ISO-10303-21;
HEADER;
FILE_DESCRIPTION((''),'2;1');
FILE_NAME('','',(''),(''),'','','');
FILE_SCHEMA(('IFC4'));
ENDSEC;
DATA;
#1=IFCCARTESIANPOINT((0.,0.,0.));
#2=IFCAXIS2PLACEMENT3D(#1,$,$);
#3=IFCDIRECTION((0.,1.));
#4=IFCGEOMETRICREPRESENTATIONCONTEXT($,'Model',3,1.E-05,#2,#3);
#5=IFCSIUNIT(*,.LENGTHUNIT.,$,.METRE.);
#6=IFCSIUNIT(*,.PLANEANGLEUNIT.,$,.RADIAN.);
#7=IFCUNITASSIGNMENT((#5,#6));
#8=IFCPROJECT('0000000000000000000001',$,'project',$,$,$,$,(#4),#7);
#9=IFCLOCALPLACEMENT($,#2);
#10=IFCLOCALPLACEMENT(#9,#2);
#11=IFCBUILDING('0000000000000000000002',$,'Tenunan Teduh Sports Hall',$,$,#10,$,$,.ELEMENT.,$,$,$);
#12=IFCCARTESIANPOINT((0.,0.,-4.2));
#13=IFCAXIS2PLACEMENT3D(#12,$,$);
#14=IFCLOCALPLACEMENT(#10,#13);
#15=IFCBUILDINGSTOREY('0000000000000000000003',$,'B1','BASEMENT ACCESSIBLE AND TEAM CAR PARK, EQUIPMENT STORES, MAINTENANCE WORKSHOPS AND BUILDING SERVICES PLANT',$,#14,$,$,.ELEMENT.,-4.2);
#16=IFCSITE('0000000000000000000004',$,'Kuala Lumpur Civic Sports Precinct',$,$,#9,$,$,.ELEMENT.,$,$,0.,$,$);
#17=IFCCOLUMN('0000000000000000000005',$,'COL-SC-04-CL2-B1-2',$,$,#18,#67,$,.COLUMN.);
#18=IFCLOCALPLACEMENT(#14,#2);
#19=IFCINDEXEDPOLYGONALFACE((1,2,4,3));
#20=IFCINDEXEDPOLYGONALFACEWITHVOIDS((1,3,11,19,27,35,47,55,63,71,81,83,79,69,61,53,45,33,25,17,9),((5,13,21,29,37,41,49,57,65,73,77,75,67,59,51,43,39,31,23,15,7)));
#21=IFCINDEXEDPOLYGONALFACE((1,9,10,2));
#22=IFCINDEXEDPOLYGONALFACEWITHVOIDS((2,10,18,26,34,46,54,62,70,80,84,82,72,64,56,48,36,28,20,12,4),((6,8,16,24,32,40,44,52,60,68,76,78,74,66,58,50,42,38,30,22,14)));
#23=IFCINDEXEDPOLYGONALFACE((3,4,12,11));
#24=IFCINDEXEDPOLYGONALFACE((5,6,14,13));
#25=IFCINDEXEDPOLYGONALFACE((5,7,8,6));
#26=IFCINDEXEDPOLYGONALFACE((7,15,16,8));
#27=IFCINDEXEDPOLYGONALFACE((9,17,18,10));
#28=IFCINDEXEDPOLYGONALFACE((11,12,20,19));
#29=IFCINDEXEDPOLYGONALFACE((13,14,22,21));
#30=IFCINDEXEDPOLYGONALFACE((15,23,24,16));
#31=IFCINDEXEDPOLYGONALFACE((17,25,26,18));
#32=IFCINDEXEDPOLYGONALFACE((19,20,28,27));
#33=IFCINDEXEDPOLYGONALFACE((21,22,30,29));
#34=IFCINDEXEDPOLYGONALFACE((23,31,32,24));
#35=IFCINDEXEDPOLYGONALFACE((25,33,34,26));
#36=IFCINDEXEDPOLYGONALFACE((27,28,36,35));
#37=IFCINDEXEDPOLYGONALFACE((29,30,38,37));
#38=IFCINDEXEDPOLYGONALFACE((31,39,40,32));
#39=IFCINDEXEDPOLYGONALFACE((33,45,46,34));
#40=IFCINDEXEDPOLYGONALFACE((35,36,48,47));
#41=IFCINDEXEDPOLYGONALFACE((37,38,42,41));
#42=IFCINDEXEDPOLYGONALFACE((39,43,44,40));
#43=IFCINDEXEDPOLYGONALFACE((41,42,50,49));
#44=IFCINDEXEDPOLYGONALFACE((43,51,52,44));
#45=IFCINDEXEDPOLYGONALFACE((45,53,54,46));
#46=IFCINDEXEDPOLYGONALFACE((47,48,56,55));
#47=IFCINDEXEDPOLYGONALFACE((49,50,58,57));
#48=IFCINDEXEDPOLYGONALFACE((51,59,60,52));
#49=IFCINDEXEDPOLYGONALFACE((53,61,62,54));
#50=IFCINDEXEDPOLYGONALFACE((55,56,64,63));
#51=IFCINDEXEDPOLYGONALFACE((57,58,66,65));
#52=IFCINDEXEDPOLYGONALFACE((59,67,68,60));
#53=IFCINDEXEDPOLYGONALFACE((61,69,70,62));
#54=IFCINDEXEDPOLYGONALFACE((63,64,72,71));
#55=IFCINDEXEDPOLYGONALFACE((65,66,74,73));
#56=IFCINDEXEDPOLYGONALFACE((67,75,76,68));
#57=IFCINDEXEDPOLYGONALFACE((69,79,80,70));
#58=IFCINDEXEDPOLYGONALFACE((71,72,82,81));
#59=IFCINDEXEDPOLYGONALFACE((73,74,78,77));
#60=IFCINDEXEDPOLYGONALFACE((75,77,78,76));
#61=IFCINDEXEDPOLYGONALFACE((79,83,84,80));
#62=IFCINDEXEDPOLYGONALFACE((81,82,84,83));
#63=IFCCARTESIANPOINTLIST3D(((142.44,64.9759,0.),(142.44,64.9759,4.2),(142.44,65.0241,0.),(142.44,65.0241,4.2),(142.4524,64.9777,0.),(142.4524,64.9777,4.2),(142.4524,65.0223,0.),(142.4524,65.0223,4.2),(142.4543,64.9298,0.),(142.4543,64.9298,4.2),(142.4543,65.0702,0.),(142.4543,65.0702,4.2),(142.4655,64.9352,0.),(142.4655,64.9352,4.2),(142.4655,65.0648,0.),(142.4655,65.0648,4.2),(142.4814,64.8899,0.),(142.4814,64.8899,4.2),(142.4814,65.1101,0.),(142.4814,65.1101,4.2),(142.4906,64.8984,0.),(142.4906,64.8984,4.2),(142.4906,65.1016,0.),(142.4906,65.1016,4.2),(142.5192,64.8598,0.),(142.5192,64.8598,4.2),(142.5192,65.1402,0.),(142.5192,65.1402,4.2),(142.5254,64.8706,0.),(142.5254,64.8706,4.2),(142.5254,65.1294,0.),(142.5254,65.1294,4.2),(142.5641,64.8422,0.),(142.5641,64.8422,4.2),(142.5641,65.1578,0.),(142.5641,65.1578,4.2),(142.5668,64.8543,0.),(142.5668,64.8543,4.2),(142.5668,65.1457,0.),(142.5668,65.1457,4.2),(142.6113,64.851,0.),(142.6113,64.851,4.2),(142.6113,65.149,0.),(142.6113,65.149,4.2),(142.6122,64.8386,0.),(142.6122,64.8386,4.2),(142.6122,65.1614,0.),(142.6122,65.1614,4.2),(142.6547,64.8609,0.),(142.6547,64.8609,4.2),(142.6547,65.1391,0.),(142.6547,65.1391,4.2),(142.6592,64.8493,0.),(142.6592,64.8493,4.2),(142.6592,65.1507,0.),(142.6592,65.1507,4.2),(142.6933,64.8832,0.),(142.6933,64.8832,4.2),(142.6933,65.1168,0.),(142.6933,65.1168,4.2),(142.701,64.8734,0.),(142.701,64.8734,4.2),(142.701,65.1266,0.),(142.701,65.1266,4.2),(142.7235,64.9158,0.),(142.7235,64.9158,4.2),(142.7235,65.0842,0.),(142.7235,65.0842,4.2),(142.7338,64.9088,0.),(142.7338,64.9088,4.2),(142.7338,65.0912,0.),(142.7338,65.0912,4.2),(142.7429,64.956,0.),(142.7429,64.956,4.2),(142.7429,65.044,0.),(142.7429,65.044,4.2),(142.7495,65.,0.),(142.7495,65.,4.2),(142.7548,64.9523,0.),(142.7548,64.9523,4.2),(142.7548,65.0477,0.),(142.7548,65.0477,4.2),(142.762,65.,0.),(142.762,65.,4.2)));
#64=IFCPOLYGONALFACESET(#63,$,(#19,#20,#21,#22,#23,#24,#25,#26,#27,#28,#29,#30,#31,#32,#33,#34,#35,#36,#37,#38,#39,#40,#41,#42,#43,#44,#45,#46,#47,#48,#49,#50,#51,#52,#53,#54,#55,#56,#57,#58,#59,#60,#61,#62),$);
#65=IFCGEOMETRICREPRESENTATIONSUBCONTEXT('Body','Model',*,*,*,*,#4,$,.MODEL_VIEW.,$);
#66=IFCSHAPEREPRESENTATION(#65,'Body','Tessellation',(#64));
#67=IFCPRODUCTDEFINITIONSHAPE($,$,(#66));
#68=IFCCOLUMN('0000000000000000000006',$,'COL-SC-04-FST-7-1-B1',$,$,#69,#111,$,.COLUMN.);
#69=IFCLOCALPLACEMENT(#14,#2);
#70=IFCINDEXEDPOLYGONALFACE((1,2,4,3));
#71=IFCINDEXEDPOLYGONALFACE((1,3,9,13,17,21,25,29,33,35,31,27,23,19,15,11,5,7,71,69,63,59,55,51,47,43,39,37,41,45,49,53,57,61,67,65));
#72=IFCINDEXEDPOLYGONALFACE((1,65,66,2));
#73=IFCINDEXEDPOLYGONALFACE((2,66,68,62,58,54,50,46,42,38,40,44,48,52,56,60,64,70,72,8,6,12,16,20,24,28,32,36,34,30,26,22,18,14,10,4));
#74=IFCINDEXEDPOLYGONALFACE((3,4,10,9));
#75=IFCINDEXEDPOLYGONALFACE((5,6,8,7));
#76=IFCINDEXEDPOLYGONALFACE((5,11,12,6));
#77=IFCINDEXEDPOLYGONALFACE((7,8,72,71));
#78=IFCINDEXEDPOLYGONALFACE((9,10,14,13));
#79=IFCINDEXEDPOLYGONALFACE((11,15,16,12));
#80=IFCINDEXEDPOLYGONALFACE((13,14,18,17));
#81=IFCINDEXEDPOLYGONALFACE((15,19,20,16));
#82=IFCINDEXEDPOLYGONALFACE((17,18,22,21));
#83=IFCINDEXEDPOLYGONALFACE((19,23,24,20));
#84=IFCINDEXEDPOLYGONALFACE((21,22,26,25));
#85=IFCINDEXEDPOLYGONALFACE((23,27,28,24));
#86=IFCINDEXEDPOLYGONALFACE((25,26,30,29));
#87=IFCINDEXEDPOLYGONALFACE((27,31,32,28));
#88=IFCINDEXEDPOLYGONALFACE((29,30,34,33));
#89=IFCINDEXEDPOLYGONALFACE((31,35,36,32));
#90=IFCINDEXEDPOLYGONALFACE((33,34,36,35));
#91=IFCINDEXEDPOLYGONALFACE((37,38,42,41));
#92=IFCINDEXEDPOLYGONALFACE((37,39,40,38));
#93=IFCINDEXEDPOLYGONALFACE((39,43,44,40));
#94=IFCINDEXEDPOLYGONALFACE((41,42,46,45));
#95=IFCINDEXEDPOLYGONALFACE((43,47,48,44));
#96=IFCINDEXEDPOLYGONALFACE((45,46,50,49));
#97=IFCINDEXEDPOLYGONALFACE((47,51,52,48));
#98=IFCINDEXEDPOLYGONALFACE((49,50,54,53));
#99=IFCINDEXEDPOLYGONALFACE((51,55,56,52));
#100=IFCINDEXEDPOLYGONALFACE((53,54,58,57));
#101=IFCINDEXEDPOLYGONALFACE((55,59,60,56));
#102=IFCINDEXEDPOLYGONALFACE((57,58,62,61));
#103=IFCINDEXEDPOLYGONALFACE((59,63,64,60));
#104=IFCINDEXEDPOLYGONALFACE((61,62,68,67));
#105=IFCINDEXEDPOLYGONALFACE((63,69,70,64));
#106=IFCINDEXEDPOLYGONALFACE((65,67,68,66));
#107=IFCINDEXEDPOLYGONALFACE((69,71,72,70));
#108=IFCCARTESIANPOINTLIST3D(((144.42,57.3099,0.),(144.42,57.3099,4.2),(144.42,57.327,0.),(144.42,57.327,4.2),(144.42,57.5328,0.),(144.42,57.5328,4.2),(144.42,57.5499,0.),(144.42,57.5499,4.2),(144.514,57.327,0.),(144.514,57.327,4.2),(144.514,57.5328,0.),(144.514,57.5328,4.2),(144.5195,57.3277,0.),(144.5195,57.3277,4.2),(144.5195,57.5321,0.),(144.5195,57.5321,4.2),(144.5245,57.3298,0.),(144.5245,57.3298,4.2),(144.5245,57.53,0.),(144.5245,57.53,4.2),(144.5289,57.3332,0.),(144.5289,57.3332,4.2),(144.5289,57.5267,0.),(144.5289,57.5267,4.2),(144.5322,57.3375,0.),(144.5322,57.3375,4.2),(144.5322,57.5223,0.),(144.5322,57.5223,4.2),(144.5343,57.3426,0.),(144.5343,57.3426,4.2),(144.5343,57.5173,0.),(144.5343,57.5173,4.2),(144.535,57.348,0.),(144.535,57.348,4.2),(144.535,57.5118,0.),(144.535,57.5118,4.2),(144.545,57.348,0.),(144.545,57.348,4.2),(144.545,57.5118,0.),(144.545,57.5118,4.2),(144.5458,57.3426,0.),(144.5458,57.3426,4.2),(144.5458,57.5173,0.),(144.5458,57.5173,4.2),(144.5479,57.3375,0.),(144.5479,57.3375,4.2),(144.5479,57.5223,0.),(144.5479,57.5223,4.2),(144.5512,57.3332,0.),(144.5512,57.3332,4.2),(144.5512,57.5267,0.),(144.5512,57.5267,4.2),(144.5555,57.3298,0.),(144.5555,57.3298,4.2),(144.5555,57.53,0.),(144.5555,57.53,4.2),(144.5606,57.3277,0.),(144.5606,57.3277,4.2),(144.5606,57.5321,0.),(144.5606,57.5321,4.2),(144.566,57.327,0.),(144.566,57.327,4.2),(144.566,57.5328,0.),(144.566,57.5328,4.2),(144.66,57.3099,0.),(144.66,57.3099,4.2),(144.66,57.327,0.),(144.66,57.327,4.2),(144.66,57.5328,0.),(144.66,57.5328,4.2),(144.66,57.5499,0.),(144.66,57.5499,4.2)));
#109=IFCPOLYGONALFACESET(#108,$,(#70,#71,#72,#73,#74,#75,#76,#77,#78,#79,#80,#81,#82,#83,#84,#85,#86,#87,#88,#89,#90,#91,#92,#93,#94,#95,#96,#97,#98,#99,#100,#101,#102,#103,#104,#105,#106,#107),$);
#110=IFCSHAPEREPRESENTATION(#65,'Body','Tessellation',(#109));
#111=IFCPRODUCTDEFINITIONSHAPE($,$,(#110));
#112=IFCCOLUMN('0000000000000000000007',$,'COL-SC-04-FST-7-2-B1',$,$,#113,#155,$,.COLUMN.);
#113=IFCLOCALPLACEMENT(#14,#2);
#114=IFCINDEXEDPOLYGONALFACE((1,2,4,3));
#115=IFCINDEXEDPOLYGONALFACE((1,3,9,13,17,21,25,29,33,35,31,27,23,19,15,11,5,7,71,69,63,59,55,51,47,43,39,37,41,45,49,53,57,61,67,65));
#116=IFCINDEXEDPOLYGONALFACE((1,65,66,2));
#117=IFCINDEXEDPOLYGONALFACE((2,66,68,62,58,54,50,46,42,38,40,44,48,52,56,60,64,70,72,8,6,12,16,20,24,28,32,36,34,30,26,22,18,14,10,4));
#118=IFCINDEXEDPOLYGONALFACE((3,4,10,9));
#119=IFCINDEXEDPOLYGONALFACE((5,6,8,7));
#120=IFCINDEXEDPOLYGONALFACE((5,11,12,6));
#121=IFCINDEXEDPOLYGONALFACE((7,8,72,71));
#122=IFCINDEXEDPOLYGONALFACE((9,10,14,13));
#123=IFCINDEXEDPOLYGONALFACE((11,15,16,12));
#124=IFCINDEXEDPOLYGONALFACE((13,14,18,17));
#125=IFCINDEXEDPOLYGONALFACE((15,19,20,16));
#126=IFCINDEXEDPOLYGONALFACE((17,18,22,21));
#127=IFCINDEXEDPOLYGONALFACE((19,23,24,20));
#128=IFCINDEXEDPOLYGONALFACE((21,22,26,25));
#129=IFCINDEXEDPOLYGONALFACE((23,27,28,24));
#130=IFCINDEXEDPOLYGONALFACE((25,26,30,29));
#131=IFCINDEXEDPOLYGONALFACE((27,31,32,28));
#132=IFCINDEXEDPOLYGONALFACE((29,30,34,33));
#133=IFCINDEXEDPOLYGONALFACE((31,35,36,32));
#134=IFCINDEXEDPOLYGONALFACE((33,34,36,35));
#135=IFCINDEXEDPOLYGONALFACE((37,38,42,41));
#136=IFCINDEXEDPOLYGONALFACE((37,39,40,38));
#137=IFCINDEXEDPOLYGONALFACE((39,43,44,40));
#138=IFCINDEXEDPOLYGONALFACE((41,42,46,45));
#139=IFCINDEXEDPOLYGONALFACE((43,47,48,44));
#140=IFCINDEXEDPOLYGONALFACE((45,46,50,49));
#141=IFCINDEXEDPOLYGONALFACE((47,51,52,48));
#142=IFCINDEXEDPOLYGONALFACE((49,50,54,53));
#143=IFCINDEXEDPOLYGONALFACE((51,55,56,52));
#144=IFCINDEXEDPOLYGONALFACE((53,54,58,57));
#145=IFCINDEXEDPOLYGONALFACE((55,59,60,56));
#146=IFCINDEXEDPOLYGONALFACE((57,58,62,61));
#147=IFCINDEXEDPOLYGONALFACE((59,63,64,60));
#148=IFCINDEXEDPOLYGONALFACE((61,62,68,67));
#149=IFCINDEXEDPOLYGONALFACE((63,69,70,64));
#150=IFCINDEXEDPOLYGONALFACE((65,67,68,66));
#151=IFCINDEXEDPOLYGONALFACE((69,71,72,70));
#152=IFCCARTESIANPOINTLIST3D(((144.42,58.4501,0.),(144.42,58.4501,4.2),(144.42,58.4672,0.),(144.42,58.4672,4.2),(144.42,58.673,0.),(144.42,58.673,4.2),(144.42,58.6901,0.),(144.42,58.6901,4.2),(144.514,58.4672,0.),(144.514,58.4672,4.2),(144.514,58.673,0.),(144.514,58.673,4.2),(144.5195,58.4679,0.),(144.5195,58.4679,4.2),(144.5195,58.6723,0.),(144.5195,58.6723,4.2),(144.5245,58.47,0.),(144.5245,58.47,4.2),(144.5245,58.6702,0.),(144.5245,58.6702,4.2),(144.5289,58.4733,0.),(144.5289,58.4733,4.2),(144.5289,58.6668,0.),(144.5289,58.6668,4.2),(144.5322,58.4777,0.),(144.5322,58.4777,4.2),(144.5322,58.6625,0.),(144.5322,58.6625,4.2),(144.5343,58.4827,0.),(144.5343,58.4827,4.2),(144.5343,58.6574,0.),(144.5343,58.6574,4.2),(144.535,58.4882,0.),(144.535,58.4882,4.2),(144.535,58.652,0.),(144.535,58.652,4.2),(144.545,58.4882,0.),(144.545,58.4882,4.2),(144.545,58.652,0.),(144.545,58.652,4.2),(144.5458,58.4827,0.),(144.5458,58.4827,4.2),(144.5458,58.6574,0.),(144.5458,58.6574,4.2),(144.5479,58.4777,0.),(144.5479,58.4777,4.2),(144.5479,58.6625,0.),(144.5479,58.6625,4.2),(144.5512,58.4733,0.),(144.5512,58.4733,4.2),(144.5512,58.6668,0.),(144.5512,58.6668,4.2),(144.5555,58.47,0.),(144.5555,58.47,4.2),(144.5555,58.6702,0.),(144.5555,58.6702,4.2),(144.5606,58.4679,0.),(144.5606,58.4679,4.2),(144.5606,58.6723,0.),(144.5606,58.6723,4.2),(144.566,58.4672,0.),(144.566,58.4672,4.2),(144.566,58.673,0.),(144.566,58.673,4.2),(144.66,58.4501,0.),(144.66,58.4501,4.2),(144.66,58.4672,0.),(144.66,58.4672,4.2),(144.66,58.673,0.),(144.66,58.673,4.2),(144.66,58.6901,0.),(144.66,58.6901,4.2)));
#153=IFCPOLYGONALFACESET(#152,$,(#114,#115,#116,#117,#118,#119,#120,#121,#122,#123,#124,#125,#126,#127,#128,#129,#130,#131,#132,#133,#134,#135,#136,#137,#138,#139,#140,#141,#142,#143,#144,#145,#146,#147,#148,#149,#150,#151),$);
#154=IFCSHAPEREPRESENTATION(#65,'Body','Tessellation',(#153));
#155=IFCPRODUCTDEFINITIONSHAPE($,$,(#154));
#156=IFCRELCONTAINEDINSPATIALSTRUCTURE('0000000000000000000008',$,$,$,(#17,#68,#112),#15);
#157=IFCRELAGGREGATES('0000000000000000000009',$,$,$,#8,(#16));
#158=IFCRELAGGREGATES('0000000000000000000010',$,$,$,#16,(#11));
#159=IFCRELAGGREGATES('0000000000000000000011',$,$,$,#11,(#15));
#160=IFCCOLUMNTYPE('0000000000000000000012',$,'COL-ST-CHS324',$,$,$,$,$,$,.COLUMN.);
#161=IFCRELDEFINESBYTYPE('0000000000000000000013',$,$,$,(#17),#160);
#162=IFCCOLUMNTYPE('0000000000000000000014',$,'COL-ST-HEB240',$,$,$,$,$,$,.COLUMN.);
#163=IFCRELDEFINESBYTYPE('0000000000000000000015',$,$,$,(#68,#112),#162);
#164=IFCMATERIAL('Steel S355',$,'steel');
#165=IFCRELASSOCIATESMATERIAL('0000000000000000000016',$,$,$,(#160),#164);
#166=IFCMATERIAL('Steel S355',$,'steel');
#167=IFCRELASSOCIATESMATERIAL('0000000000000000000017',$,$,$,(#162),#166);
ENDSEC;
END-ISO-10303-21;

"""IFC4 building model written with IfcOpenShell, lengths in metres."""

from ifc_helpers import new_model, si_unit, direction, frame, origin, origin_2d, place, context, subcontext, project, spatial, hollow_circle, i_section, extrude, material, material_profile, profile_set, type_object, element, save


model = new_model("IFC4")

# Units and contexts
model_context = context("Model", 3, precision=1e-05, world=origin(), true_north=direction((0.0, 1.0)))
body_context = subcontext(model_context, "Body", "Model", "MODEL_VIEW")
ifc_project = project(units=[si_unit("LENGTHUNIT", "METRE"), si_unit("PLANEANGLEUNIT", "RADIAN")], contexts=[model_context])

# Site, building, storey
site_placement = place(None, origin())
site = spatial("IfcSite", under=ifc_project, at=site_placement, Name="Kuala Lumpur Civic Sports Precinct", CompositionType="ELEMENT", RefElevation=0.0)
building_placement = place(site_placement, origin())
building = spatial("IfcBuilding", under=site, at=building_placement, Name="Tenunan Teduh Sports Hall", CompositionType="ELEMENT")
storey_placement = place(building_placement, frame((0.0, 0.0, -4.2)))
storey = spatial("IfcBuildingStorey", under=building, at=storey_placement, Name="B1", Description="BASEMENT ACCESSIBLE AND TEAM CAR PARK, EQUIPMENT STORES, MAINTENANCE WORKSHOPS AND BUILDING SERVICES PLANT", CompositionType="ELEMENT", Elevation=-4.2)

# Columns
ifc_material_1 = material(Name="Steel S355", Category="steel")
ifc_material_profile_1 = material_profile(ifc_material_1, hollow_circle(Radius=0.1619, WallThickness=0.0125, at=origin_2d()), Name="CHS 323.9x12.5")
ifc_profile_set_1 = profile_set([ifc_material_profile_1], Name="Steel S355")
column_type_1 = type_object("IfcColumnType", Name="COL-ST-CHS324", PredefinedType="COLUMN", material=ifc_profile_set_1)
for number, where, z_axis, x_axis, name in (
    (1, (142.6001, 65.0, 0.0), (0.0, 0.0, 1.0), (1.0, 0.0, 0.0), "COL-SC-04-CL2-B1-2"),
):
    element("IfcColumn", number, at=place(storey_placement, frame(where, z_axis=z_axis, x_axis=x_axis)), inside=storey, type_object=column_type_1, Name=name, PredefinedType="COLUMN", context=body_context, shape_type="SweptSolid", body=[
        extrude(hollow_circle(Radius=0.1619, WallThickness=0.0125, at=origin_2d()), origin(), (0.0, 0.0, 1.0), 4.2),
    ])
ifc_material_2 = material(Name="Steel S355", Category="steel")
ifc_material_profile_2 = material_profile(ifc_material_2, i_section(OverallWidth=0.24, OverallDepth=0.24, WebThickness=0.01, FlangeThickness=0.0171, FilletRadius=0.021, at=origin_2d()), Name="HEB 240")
ifc_profile_set_2 = profile_set([ifc_material_profile_2], Name="Steel S355")
column_type_2 = type_object("IfcColumnType", Name="COL-ST-HEB240", PredefinedType="COLUMN", material=ifc_profile_set_2)
for number, where, z_axis, x_axis, name in (
    (2, (144.54, 57.4299, 0.0), (0.0, 0.0, 1.0), (1.0, 0.0, 0.0), "COL-SC-04-FST-7-1-B1"),
    (3, (144.54, 58.5701, 0.0), (0.0, 0.0, 1.0), (1.0, 0.0, 0.0), "COL-SC-04-FST-7-2-B1"),
):
    element("IfcColumn", number, at=place(storey_placement, frame(where, z_axis=z_axis, x_axis=x_axis)), inside=storey, type_object=column_type_2, Name=name, PredefinedType="COLUMN", context=body_context, shape_type="SweptSolid", body=[
        extrude(i_section(OverallWidth=0.24, OverallDepth=0.24, WebThickness=0.01, FlangeThickness=0.0171, FilletRadius=0.021, at=origin_2d()), origin(), (0.0, 0.0, 1.0), 4.2),
    ])

save(model, "model.ifc")
